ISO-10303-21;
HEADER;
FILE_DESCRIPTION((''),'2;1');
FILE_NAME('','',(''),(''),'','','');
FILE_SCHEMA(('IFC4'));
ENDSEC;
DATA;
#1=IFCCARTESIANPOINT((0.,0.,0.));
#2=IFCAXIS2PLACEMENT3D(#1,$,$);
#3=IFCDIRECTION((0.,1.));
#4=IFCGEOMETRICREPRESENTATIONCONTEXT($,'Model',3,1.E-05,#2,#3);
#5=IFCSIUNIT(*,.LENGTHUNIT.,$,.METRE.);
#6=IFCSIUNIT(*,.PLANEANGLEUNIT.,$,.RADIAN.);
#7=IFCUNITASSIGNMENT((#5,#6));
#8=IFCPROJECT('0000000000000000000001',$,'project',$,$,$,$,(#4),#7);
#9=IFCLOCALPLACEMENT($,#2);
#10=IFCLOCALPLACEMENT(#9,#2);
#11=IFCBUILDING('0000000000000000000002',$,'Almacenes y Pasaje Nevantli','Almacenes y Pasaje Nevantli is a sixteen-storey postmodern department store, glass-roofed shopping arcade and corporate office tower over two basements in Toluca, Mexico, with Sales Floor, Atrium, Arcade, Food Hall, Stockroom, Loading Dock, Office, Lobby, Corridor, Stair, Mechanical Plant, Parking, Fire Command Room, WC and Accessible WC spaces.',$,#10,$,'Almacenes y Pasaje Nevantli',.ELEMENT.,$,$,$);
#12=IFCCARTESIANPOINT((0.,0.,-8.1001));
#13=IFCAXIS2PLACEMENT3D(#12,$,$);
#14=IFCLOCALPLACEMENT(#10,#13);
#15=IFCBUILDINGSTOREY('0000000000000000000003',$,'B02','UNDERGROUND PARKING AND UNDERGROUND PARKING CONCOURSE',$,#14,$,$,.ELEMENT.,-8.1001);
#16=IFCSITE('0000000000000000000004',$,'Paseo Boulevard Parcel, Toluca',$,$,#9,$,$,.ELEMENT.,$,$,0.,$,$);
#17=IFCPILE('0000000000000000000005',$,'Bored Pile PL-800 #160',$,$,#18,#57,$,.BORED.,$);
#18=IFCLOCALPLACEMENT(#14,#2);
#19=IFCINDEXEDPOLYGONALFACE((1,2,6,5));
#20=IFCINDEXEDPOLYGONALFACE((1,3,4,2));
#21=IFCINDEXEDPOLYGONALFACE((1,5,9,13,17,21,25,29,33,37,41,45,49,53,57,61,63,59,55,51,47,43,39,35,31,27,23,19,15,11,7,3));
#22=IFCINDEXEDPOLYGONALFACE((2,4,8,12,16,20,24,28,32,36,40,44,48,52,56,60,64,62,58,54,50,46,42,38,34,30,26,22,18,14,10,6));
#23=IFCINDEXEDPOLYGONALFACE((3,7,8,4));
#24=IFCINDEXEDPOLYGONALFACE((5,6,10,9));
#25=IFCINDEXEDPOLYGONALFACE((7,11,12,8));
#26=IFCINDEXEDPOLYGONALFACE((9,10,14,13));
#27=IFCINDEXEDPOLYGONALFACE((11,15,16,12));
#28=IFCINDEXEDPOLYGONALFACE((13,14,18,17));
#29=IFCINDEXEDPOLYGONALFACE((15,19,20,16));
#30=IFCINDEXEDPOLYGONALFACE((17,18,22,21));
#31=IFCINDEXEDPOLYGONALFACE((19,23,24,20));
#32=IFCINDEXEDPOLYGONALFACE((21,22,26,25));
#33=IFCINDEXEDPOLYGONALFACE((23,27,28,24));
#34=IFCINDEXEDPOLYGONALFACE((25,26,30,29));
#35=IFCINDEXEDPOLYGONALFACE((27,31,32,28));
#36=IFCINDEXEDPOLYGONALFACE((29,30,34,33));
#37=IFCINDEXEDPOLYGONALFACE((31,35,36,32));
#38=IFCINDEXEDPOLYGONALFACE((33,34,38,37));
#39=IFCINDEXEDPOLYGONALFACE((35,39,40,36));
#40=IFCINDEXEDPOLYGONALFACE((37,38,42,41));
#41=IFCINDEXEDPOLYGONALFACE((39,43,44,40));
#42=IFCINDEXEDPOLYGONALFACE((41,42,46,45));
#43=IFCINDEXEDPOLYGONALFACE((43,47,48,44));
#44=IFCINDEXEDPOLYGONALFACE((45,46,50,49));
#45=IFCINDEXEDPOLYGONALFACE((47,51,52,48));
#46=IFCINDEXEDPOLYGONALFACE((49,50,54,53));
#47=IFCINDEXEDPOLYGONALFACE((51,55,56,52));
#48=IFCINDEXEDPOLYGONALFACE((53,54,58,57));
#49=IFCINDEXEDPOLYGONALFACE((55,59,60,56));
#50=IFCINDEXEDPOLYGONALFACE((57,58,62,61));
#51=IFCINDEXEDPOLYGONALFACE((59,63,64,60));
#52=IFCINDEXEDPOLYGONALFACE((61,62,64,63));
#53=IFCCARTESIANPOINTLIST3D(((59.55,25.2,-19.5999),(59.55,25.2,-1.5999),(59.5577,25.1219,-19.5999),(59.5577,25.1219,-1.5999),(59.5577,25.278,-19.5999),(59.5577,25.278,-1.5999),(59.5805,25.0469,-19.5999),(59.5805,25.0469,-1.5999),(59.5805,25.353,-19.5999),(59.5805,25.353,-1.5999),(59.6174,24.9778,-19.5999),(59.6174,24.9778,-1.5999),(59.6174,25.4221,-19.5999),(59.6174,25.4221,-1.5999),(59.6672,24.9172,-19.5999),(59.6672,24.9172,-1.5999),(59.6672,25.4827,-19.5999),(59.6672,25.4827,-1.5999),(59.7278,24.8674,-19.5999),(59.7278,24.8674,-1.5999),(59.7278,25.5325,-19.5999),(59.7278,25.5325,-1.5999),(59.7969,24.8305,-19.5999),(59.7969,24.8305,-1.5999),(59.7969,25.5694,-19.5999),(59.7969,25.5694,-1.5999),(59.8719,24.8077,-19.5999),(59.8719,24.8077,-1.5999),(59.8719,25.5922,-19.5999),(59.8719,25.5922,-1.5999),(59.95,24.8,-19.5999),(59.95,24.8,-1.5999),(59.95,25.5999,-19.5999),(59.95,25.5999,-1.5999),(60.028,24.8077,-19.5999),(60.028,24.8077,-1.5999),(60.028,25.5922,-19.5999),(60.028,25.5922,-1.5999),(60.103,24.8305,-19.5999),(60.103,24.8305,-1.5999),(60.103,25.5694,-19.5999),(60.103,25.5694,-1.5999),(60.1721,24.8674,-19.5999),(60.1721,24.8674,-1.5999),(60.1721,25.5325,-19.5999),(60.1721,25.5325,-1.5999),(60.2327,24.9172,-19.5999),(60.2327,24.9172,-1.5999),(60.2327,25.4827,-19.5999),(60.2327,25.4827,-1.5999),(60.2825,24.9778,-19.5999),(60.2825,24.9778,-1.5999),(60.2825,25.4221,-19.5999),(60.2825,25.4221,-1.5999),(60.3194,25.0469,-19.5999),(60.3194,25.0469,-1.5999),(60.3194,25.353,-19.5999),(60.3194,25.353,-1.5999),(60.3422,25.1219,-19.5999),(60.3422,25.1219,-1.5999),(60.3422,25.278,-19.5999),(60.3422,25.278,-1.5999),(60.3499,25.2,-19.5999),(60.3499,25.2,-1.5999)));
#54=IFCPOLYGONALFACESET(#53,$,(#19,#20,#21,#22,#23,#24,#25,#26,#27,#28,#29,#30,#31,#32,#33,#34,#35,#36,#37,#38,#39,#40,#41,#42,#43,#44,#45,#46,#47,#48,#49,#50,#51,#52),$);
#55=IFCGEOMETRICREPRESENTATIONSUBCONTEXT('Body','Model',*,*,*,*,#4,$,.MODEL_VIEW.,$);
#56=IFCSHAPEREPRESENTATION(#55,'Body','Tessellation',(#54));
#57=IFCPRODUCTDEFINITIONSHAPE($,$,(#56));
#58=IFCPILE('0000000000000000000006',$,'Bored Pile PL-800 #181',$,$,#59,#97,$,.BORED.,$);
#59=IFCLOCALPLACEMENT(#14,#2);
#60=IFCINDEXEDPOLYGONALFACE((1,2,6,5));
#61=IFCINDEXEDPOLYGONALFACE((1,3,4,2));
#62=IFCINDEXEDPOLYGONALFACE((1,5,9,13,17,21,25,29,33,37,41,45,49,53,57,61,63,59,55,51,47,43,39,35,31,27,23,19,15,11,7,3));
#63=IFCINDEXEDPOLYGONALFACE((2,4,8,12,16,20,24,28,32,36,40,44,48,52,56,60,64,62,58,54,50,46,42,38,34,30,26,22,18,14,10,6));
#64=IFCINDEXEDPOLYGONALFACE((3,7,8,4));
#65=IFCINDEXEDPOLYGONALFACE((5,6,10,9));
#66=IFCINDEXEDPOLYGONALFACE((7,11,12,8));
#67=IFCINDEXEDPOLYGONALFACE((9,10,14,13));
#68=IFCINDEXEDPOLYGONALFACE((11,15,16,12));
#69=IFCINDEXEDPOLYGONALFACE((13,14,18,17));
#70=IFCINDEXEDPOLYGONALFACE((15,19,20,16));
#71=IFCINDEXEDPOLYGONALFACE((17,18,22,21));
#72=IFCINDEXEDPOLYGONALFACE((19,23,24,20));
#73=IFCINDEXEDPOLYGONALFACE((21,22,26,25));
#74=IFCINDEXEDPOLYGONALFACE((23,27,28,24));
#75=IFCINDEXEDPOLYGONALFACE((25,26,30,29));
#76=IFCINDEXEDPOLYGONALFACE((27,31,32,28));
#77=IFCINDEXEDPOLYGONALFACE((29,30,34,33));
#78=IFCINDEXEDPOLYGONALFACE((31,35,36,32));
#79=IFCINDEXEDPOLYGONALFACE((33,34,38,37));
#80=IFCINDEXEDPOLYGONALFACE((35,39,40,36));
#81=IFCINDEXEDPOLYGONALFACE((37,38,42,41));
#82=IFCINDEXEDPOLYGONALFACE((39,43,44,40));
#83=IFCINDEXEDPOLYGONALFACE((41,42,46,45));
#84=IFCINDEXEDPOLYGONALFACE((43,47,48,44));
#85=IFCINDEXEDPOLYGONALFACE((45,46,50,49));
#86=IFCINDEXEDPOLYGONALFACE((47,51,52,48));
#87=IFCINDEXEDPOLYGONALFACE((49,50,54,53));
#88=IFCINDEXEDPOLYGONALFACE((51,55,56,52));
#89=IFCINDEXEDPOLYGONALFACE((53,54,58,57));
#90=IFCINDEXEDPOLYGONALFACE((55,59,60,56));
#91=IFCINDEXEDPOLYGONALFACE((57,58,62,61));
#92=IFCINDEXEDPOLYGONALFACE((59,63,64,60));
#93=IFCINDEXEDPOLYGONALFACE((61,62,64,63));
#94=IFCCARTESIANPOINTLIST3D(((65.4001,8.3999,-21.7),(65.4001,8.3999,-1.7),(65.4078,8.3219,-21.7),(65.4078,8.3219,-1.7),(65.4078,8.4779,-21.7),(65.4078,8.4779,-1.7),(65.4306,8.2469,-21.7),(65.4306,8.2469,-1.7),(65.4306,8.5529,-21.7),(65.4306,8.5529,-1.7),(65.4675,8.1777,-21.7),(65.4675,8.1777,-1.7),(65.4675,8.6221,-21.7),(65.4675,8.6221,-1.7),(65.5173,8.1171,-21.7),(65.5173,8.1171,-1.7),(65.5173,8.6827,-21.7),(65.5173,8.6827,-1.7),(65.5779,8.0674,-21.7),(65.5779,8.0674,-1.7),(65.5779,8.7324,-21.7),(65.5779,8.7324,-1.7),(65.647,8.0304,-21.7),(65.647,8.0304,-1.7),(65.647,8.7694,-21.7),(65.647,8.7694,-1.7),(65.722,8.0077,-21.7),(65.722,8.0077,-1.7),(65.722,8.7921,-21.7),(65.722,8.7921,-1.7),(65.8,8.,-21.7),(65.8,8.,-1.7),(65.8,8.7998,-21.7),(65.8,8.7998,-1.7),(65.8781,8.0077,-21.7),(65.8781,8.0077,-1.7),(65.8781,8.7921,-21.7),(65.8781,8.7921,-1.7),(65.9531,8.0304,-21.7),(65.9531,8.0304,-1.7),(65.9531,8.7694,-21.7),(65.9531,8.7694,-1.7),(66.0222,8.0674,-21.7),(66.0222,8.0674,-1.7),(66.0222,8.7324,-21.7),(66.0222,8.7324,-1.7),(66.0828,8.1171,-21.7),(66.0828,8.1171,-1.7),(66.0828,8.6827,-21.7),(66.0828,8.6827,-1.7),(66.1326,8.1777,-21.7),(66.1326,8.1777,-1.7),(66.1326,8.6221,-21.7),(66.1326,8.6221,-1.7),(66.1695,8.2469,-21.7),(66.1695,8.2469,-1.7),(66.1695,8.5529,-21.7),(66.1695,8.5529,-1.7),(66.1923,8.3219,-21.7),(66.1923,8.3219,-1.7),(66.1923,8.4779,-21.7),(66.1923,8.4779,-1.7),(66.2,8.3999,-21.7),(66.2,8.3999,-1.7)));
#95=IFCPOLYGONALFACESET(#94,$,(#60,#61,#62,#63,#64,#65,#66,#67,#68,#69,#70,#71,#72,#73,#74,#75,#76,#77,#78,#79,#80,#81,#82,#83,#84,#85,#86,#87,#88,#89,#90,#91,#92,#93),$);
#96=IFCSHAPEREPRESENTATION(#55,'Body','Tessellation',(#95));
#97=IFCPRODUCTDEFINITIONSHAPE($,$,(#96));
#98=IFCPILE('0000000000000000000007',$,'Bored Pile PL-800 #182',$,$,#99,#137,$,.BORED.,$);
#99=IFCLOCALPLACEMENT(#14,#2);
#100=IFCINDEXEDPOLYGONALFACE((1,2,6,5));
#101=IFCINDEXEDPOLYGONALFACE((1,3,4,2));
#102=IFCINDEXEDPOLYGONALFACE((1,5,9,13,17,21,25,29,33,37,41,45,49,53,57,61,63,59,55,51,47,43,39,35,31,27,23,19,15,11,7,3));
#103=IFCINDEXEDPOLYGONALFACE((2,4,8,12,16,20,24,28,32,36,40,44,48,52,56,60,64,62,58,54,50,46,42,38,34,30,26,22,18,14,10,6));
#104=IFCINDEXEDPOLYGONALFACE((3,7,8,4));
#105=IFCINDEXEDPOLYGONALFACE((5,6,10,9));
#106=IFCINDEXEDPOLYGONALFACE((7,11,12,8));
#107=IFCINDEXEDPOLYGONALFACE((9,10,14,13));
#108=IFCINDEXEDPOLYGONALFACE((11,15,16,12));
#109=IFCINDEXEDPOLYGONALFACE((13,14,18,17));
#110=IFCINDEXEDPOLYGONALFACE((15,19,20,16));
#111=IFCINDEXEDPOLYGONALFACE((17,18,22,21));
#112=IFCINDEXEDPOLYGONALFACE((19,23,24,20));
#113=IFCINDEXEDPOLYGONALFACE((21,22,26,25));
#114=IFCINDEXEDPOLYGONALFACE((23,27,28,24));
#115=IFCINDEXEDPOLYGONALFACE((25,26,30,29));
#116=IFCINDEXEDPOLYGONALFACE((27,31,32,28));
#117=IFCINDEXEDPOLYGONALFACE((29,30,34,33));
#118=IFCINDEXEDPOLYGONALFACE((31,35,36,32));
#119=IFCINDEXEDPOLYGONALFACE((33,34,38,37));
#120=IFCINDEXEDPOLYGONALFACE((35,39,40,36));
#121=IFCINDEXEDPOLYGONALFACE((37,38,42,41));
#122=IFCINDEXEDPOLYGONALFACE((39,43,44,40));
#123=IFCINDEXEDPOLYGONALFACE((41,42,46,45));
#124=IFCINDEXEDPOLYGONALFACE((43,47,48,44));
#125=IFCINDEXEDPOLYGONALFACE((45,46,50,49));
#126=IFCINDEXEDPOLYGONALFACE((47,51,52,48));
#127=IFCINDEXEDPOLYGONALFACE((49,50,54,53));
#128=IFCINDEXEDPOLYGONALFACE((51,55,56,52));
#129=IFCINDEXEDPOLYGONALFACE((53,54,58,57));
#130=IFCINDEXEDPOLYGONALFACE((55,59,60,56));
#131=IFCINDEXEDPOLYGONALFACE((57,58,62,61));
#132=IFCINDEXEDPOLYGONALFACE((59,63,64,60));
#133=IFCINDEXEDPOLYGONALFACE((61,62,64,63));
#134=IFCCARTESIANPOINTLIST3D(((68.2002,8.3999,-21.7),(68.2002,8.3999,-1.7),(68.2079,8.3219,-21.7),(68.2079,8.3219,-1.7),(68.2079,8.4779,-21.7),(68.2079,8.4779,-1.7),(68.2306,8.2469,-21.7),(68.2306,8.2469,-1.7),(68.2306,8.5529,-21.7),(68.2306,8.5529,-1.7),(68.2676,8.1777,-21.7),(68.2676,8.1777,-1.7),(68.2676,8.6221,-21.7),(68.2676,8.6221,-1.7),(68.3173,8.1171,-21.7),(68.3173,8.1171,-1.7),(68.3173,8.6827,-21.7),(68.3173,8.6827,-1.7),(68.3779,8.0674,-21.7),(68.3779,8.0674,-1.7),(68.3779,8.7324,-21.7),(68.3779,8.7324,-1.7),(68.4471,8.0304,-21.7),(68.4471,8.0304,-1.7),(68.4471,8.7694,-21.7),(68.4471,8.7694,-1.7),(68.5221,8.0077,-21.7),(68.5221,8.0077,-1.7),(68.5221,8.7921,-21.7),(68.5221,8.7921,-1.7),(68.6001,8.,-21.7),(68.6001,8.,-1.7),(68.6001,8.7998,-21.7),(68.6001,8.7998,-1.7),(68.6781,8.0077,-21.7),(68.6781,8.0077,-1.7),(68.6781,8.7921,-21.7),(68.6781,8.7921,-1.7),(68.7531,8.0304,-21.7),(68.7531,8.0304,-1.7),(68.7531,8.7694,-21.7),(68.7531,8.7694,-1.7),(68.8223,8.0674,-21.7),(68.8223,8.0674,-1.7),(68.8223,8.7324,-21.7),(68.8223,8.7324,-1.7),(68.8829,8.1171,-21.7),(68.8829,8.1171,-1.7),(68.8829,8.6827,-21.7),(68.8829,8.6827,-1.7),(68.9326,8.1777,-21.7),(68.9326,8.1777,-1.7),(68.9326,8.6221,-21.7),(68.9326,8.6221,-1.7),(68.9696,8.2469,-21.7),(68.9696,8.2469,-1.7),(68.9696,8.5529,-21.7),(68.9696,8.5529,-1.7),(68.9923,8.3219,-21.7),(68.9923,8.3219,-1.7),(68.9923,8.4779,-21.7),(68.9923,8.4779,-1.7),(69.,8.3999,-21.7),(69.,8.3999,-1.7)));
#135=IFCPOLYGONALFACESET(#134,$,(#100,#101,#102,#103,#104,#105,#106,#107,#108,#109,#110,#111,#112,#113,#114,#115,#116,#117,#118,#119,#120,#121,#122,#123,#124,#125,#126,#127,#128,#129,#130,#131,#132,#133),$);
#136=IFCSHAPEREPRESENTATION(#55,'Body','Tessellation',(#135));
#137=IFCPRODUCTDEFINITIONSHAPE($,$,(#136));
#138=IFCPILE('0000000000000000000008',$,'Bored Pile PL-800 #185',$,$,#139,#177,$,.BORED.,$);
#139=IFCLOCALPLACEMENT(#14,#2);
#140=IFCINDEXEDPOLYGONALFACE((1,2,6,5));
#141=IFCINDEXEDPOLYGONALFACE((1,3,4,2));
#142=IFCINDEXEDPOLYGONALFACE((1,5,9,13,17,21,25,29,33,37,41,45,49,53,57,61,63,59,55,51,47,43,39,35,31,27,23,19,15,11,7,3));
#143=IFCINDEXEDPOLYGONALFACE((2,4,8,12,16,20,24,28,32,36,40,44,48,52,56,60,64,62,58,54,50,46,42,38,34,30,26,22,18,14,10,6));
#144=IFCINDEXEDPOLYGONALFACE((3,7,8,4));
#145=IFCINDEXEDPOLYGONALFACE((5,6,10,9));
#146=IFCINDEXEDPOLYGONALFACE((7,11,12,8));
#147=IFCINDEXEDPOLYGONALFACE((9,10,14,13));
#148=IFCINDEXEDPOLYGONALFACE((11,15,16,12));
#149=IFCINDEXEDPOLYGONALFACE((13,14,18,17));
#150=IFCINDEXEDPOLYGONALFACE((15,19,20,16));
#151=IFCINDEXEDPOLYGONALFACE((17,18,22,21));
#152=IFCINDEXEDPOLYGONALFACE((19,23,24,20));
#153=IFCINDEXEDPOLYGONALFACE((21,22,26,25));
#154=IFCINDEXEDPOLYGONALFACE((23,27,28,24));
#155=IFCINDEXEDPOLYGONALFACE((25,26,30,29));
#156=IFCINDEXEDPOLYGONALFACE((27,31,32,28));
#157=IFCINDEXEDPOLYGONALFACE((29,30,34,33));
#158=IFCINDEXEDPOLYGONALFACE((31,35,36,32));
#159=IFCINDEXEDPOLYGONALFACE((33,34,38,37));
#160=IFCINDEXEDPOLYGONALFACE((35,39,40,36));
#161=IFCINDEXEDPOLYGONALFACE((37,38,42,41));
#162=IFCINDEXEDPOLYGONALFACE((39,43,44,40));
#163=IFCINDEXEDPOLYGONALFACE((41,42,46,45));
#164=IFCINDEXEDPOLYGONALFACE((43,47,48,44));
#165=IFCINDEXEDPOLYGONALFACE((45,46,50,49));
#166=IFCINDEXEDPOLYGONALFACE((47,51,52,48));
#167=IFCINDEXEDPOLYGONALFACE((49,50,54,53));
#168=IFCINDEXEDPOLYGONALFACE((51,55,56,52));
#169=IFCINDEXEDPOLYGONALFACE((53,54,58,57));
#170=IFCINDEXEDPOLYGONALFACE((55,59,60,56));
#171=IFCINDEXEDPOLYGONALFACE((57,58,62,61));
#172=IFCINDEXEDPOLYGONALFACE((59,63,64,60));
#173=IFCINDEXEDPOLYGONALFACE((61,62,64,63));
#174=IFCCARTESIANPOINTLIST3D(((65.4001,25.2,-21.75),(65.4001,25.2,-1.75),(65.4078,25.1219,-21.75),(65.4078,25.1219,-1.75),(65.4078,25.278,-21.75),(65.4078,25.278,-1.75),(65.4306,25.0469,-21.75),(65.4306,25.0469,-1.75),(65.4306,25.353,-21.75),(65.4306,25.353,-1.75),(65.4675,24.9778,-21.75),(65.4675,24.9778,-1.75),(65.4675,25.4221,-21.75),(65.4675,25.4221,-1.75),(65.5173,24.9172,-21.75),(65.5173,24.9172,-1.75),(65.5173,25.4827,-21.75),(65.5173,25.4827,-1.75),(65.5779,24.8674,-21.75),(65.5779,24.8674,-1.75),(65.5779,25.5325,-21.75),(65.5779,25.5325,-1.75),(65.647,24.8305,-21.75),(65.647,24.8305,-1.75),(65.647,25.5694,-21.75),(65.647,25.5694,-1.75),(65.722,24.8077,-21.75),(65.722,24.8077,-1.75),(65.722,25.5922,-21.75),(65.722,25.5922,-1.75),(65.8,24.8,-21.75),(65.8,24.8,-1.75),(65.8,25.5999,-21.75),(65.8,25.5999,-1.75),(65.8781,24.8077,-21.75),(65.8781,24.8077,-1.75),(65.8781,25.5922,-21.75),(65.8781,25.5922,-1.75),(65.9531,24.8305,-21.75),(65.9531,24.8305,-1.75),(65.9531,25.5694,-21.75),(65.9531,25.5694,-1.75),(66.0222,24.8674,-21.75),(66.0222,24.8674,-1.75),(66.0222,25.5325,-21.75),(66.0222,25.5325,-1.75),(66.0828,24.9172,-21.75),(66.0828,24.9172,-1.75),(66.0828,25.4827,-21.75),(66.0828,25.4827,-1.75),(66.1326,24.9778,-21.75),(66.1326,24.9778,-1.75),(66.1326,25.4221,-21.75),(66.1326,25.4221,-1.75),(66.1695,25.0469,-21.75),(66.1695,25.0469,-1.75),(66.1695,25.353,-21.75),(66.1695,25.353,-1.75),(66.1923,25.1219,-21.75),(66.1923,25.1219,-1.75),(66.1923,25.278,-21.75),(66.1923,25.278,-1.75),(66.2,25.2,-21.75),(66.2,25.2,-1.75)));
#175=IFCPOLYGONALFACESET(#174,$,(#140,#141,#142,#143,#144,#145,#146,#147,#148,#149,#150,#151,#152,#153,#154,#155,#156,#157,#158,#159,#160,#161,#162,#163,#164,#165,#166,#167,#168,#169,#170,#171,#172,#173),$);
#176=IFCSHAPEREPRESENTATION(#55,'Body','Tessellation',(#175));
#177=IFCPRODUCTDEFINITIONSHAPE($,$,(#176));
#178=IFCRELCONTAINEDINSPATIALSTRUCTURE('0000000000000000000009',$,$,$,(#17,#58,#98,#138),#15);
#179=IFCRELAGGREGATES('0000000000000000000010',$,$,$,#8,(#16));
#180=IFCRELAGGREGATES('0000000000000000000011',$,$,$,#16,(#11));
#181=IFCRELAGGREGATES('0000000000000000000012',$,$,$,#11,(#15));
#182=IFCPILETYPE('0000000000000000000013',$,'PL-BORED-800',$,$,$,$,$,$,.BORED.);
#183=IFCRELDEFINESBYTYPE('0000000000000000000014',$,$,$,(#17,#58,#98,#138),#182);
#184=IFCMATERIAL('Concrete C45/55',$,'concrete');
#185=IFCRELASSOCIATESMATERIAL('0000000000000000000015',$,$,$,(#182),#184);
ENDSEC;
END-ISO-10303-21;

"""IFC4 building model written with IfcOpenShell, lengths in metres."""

from ifc_helpers import new_model, si_unit, direction, frame, origin, origin_2d, place, context, subcontext, project, spatial, circle, extrude, material, material_profile, profile_set, type_object, element, save


model = new_model("IFC4")

# Units and contexts
model_context = context("Model", 3, precision=1e-05, world=origin(), true_north=direction((0.0, 1.0)))
body_context = subcontext(model_context, "Body", "Model", "MODEL_VIEW")
ifc_project = project(units=[si_unit("LENGTHUNIT", "METRE"), si_unit("PLANEANGLEUNIT", "RADIAN")], contexts=[model_context])

# Site, building, storey
site_placement = place(None, origin())
site = spatial("IfcSite", under=ifc_project, at=site_placement, Name="Paseo Boulevard Parcel, Toluca", CompositionType="ELEMENT", RefElevation=0.0)
building_placement = place(site_placement, origin())
building = spatial("IfcBuilding", under=site, at=building_placement, Name="Almacenes y Pasaje Nevantli", Description="Almacenes y Pasaje Nevantli is a sixteen-storey postmodern department store, glass-roofed shopping arcade and corporate office tower over two basements in Toluca, Mexico, with Sales Floor, Atrium, Arcade, Food Hall, Stockroom, Loading Dock, Office, Lobby, Corridor, Stair, Mechanical Plant, Parking, Fire Command Room, WC and Accessible WC spaces.", LongName="Almacenes y Pasaje Nevantli", CompositionType="ELEMENT")
storey_placement = place(building_placement, frame((0.0, 0.0, -8.1001)))
storey = spatial("IfcBuildingStorey", under=building, at=storey_placement, Name="B02", Description="UNDERGROUND PARKING AND UNDERGROUND PARKING CONCOURSE", CompositionType="ELEMENT", Elevation=-8.1001)

# Piles
ifc_material_1 = material(Name="Concrete C45/55", Category="concrete")
ifc_material_profile_1 = material_profile(ifc_material_1, circle(Radius=0.3999, at=origin_2d()), Name="RC-PILE-D800")
ifc_profile_set_1 = profile_set([ifc_material_profile_1], Name="Concrete C45/55")
pile_type_1 = type_object("IfcPileType", Name="PL-BORED-800", PredefinedType="BORED", material=ifc_profile_set_1)
for number, where, z_axis, x_axis, name in (
    (1, (59.95, 25.2, -1.5999), (0.0, 0.0, -1.0), (1.0, 0.0, 0.0), "Bored Pile PL-800 #160"),
):
    element("IfcPile", number, at=place(storey_placement, frame(where, z_axis=z_axis, x_axis=x_axis)), inside=storey, type_object=pile_type_1, Name=name, PredefinedType="BORED", context=body_context, shape_type="SweptSolid", body=[
        extrude(circle(Radius=0.3999, at=origin_2d()), origin(), (0.0, 0.0, 1.0), 18.0),
    ])
for number, where, z_axis, x_axis, name in (
    (2, (65.8, 8.3999, -1.7), (0.0, 0.0, -1.0), (1.0, 0.0, 0.0), "Bored Pile PL-800 #181"),
    (3, (68.6001, 8.3999, -1.7), (0.0, 0.0, -1.0), (1.0, 0.0, 0.0), "Bored Pile PL-800 #182"),
    (4, (65.8, 25.2, -1.75), (0.0, 0.0, -1.0), (1.0, 0.0, 0.0), "Bored Pile PL-800 #185"),
):
    element("IfcPile", number, at=place(storey_placement, frame(where, z_axis=z_axis, x_axis=x_axis)), inside=storey, type_object=pile_type_1, Name=name, PredefinedType="BORED", context=body_context, shape_type="SweptSolid", body=[
        extrude(circle(Radius=0.3999, at=origin_2d()), origin(), (0.0, 0.0, 1.0), 20.0),
    ])

save(model, "model.ifc")
